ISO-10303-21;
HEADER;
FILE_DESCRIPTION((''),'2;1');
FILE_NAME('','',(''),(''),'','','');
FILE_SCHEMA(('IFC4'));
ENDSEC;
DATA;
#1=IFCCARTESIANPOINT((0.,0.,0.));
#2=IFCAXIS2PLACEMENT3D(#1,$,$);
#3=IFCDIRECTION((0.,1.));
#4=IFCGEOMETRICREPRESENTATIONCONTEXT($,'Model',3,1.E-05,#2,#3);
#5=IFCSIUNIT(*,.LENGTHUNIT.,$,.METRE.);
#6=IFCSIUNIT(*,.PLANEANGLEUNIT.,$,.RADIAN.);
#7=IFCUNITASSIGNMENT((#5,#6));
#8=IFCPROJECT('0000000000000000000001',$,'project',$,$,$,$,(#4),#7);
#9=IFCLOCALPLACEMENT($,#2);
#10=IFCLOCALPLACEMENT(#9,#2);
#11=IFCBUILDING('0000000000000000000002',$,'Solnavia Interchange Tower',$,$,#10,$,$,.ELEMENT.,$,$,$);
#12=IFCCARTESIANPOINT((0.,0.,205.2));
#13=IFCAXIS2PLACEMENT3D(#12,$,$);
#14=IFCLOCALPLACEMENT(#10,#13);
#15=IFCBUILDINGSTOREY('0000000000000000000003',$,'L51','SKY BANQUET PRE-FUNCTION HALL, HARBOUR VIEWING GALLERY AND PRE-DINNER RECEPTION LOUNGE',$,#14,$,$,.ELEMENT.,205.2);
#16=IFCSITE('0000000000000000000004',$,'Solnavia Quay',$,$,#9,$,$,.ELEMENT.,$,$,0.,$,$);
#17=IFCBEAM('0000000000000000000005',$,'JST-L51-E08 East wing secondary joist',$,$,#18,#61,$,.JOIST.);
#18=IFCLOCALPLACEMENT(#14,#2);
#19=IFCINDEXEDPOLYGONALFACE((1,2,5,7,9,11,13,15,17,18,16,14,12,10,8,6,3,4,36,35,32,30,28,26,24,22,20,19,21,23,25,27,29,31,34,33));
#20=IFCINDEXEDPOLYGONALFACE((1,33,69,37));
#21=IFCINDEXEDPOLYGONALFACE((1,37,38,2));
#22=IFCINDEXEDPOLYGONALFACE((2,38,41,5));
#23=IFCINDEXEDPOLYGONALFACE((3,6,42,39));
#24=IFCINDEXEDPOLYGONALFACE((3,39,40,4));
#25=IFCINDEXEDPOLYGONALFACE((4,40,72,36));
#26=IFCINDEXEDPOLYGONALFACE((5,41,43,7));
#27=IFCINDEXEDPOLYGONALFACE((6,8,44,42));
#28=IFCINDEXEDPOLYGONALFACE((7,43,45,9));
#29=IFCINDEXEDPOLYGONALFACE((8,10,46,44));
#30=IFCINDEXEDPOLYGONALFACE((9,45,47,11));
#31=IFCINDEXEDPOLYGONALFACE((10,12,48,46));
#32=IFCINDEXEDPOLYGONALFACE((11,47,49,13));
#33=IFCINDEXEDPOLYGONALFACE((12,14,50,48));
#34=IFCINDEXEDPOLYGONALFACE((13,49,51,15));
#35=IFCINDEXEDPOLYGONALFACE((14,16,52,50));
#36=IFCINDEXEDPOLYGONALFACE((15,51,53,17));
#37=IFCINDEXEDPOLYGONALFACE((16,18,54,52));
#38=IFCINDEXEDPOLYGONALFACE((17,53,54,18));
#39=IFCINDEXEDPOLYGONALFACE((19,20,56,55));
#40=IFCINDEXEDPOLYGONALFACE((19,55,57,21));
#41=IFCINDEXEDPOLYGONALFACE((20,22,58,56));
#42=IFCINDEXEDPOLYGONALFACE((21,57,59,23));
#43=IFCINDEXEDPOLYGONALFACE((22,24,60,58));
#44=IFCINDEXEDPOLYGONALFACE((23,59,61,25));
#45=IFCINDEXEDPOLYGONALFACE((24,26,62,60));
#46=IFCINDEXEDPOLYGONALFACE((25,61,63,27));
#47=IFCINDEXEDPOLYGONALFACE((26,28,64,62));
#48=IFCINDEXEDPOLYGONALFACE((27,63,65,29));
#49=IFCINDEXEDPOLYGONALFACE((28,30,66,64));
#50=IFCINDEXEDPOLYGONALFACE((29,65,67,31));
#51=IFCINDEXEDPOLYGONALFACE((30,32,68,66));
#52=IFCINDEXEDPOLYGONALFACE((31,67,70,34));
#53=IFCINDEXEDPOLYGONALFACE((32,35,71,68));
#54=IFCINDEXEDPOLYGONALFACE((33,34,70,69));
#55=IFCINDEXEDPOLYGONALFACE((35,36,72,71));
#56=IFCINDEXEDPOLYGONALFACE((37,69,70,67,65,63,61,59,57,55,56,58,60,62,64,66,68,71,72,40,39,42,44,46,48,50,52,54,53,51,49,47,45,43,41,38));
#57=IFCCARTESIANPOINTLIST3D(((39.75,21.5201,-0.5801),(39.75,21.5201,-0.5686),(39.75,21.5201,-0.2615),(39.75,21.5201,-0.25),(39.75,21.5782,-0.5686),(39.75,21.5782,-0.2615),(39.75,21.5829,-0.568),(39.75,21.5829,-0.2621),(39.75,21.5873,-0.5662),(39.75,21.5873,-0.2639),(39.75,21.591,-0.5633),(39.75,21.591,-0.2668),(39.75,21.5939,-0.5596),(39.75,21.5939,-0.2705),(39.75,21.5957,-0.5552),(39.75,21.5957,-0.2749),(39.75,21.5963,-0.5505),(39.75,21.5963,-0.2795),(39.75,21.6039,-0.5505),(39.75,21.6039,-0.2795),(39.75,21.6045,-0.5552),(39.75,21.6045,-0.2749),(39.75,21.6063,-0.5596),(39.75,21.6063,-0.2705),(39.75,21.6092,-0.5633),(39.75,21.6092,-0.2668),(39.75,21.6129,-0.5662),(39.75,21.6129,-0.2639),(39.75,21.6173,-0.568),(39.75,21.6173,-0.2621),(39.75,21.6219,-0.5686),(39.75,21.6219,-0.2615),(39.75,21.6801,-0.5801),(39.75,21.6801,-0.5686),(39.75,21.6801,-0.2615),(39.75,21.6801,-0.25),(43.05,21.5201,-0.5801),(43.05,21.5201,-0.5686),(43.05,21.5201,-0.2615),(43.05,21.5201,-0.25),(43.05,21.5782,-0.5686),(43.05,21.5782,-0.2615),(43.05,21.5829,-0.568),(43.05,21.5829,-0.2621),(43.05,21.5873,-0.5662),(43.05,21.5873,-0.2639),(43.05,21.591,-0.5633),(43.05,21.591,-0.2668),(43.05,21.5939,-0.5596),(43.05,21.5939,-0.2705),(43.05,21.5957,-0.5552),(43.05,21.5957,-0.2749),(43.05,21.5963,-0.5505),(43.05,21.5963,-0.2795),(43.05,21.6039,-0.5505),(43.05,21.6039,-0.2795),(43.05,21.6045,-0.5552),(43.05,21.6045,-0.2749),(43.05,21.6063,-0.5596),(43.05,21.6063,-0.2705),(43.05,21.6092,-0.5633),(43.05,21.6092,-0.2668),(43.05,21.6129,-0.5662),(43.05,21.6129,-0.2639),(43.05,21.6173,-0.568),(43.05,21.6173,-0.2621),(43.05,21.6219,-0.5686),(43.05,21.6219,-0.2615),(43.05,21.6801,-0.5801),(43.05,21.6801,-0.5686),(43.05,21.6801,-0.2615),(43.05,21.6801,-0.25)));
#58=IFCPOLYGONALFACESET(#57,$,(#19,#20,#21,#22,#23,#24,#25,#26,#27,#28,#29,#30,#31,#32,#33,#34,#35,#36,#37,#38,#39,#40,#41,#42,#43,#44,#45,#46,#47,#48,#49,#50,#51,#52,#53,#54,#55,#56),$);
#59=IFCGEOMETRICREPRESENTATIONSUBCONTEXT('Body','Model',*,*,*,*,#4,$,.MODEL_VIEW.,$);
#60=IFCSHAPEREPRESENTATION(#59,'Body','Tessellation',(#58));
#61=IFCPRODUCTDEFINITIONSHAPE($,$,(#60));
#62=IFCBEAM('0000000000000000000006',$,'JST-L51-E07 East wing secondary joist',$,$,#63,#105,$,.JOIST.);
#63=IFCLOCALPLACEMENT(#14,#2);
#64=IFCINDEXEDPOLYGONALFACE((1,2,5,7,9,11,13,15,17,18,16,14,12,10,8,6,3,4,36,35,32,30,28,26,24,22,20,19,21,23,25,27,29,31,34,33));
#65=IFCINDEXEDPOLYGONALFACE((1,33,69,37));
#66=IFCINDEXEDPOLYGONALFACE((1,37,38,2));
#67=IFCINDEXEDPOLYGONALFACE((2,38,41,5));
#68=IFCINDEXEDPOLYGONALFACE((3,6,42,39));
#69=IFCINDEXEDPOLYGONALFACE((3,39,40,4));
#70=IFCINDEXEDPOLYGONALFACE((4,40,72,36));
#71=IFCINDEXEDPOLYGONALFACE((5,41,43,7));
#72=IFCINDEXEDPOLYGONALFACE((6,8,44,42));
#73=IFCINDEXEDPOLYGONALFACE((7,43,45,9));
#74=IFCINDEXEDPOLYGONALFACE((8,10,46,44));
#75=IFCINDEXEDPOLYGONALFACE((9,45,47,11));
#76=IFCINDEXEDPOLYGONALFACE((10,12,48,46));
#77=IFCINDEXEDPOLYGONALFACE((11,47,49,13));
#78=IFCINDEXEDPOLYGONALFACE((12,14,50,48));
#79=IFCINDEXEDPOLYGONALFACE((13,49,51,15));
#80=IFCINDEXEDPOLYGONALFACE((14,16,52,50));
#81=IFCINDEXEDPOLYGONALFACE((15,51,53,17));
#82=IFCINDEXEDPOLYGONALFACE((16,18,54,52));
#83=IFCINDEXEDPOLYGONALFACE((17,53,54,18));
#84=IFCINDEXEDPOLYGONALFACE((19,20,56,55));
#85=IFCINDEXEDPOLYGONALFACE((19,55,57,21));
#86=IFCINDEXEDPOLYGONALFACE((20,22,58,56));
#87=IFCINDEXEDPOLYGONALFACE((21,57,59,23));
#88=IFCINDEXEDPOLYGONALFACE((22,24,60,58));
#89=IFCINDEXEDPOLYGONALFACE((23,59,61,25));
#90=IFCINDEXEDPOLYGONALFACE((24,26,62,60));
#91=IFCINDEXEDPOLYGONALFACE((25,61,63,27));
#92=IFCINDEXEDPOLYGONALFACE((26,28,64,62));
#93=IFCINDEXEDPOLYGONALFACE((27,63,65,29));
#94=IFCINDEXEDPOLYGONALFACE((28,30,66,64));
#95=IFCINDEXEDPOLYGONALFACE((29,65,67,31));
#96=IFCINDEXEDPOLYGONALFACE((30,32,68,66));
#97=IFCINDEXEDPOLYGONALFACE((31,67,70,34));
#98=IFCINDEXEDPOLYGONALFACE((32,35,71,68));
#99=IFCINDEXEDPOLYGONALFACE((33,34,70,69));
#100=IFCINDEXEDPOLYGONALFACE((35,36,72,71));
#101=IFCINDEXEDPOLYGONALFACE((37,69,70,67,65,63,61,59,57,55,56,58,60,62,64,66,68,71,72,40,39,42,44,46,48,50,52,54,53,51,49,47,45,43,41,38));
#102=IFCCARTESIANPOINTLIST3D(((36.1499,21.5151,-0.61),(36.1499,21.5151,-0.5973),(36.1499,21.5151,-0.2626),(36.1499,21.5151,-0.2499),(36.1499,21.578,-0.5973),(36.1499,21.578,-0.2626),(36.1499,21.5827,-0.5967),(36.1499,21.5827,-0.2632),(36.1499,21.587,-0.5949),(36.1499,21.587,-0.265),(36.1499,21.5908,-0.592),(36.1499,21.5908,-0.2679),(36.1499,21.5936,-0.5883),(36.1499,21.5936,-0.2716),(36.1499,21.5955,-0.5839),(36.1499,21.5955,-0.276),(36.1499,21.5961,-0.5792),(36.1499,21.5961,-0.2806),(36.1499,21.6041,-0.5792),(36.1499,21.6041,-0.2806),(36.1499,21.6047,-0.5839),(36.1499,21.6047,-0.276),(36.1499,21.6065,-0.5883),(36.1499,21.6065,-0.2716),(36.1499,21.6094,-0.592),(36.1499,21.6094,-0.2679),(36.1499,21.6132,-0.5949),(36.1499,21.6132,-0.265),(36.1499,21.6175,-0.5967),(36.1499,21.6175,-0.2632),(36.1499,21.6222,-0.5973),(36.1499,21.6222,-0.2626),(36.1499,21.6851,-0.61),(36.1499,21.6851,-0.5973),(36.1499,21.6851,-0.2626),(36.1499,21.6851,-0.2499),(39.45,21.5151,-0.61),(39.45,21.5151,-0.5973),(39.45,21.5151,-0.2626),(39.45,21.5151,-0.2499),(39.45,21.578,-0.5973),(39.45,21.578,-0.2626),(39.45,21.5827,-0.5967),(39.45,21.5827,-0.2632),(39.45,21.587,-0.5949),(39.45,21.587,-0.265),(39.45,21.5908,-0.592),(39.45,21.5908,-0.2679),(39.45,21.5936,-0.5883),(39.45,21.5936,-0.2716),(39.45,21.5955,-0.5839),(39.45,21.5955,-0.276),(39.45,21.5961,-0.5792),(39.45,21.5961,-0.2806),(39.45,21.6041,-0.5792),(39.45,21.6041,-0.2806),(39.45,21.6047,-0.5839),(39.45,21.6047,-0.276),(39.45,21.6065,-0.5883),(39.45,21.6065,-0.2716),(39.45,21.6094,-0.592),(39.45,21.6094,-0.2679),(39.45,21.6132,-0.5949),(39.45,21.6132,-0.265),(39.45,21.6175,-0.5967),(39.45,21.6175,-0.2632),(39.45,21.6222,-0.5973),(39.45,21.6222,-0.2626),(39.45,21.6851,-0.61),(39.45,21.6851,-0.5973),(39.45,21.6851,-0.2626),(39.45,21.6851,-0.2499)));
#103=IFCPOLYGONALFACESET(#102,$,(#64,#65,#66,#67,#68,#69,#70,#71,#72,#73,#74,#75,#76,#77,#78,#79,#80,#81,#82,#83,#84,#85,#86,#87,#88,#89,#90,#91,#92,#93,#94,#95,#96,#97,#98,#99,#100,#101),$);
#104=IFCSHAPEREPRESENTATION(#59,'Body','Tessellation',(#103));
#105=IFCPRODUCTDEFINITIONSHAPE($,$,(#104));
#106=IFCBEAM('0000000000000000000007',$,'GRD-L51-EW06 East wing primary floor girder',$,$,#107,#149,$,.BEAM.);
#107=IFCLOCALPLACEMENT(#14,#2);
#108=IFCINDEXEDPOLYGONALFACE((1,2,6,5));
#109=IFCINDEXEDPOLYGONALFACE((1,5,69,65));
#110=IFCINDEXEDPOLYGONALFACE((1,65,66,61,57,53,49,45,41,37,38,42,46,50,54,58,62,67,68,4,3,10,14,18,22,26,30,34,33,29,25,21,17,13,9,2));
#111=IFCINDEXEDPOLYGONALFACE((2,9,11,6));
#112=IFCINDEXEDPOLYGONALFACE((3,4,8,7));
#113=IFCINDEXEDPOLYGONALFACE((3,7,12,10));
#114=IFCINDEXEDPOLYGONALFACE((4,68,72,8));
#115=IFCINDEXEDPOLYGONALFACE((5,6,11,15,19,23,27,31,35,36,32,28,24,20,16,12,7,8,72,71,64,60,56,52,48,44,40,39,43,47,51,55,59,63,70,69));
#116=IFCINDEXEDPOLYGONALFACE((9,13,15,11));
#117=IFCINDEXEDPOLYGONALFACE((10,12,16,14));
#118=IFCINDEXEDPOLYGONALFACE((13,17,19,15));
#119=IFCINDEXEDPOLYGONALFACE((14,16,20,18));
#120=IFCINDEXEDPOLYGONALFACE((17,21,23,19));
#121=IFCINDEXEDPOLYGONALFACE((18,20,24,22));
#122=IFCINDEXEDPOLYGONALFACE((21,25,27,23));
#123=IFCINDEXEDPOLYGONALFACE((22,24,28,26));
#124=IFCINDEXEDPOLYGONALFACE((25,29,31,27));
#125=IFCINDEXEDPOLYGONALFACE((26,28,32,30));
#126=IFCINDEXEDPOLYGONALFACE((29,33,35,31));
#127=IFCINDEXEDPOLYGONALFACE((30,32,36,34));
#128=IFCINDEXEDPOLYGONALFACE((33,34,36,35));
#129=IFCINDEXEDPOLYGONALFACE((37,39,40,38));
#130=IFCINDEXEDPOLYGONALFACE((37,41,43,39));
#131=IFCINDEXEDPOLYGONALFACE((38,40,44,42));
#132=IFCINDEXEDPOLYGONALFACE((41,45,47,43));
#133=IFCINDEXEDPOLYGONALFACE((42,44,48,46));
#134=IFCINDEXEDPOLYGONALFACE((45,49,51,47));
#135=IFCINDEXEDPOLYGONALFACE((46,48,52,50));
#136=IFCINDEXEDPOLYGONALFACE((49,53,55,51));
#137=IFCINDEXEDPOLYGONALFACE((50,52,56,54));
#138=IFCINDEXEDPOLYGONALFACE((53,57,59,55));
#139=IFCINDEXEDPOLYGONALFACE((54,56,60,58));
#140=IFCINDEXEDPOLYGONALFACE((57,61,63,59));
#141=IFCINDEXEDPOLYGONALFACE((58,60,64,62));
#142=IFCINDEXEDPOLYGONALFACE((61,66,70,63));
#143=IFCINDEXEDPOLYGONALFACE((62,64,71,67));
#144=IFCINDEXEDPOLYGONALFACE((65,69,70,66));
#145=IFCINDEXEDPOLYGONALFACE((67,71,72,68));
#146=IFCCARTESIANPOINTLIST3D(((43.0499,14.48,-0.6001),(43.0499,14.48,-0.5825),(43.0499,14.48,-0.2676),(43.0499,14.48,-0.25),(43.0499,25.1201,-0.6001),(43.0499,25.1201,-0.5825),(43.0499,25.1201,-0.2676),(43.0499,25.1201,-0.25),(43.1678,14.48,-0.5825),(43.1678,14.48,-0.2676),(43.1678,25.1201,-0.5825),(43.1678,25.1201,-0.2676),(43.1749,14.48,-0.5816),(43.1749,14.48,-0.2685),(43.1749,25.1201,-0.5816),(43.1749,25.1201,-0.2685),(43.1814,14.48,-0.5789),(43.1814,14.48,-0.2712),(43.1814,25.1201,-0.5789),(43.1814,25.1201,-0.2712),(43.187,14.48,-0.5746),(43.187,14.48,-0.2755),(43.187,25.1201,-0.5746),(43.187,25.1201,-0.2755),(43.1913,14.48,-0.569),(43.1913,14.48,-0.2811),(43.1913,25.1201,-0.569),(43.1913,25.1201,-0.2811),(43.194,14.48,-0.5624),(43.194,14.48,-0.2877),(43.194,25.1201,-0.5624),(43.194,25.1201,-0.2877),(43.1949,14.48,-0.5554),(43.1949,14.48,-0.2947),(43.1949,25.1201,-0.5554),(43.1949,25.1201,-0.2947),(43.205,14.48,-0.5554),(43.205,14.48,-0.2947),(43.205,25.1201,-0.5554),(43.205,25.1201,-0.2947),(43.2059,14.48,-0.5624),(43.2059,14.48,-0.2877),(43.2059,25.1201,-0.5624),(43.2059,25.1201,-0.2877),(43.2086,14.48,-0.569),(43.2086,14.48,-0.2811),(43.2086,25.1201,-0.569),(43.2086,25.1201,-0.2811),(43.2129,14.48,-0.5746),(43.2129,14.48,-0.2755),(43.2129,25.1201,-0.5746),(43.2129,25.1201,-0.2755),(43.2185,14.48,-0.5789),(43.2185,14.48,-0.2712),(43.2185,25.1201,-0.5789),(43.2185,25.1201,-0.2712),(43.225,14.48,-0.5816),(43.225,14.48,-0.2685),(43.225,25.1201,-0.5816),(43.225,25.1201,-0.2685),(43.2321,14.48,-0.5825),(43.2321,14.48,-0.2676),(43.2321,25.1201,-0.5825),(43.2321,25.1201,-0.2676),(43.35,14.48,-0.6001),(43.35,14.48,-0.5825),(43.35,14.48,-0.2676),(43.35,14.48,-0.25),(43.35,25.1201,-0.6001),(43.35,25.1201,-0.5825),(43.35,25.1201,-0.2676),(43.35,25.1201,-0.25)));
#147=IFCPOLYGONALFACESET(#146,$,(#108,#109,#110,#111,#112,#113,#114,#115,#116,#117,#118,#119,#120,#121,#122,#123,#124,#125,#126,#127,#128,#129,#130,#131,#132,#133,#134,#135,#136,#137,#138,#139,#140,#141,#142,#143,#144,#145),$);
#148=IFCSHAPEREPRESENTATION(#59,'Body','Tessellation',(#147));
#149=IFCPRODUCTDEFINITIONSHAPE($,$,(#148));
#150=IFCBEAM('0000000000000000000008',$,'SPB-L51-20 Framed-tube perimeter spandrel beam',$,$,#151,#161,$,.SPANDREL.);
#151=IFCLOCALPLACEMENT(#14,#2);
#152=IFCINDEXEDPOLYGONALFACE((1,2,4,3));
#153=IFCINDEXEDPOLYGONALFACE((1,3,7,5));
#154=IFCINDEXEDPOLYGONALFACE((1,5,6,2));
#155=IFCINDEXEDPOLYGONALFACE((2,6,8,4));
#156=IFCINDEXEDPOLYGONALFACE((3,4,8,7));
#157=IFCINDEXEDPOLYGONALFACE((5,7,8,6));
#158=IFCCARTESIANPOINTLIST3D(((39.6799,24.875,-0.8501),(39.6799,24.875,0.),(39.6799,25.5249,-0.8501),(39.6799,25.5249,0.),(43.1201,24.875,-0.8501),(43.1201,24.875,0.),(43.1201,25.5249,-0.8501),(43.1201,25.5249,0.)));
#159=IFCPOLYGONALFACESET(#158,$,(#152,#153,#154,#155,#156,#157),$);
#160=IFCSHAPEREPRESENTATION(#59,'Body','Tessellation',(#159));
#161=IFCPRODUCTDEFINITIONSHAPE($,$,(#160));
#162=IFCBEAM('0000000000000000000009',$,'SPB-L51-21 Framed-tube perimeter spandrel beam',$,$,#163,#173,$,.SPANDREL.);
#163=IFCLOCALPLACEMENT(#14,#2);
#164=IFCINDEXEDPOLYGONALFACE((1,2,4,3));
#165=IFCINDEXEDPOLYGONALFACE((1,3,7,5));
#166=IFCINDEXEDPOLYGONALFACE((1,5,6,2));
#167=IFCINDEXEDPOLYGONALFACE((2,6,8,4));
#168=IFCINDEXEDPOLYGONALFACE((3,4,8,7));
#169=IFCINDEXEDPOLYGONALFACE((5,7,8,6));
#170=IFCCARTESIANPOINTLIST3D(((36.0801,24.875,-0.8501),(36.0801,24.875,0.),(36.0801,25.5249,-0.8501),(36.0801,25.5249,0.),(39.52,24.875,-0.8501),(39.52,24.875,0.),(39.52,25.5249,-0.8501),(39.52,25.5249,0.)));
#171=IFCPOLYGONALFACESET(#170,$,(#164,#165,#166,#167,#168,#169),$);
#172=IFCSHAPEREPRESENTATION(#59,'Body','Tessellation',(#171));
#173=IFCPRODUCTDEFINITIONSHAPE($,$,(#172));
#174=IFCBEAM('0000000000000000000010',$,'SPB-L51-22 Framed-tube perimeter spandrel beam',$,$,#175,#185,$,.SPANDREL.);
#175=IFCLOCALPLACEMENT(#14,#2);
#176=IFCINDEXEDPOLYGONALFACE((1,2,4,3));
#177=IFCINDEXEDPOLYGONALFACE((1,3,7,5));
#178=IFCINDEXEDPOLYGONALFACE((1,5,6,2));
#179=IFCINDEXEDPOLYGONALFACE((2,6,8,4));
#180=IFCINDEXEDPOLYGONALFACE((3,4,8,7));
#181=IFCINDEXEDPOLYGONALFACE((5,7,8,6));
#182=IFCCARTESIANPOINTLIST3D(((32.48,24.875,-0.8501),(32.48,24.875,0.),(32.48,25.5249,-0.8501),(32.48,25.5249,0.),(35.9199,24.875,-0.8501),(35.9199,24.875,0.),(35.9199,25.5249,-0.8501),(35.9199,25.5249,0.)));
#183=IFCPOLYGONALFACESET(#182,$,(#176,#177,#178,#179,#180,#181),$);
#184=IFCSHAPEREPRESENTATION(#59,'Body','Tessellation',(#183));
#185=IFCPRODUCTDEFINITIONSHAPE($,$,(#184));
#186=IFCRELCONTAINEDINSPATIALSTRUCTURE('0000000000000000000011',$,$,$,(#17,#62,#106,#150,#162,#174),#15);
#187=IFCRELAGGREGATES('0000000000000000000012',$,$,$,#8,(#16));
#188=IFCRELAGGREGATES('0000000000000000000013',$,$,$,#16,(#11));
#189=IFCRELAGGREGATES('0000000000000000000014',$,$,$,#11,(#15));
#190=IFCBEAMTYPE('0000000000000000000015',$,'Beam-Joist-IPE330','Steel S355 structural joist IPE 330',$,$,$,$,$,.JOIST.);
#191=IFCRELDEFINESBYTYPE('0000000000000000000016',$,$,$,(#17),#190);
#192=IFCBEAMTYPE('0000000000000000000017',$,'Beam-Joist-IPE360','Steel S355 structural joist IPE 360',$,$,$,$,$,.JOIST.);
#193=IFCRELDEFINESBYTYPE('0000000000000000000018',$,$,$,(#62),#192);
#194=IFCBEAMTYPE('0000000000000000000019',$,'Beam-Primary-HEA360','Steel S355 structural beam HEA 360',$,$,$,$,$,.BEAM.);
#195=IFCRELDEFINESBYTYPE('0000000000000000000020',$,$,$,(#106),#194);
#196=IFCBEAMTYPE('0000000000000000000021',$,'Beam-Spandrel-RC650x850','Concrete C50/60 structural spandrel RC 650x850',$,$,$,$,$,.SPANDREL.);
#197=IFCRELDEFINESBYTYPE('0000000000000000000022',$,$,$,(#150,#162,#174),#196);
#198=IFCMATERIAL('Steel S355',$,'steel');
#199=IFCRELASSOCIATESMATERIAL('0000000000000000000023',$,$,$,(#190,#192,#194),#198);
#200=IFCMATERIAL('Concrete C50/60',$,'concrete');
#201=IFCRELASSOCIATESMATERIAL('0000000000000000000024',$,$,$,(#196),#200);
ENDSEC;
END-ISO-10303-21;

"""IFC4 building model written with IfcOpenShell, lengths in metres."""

from ifc_helpers import new_model, si_unit, direction, frame, origin, origin_2d, place, context, subcontext, project, spatial, rectangle, i_section, extrude, material, material_profile, profile_set, type_object, element, save


model = new_model("IFC4")

# Units and contexts
model_context = context("Model", 3, precision=1e-05, world=origin(), true_north=direction((0.0, 1.0)))
body_context = subcontext(model_context, "Body", "Model", "MODEL_VIEW")
ifc_project = project(units=[si_unit("LENGTHUNIT", "METRE"), si_unit("PLANEANGLEUNIT", "RADIAN")], contexts=[model_context])

# Site, building, storey
site_placement = place(None, origin())
site = spatial("IfcSite", under=ifc_project, at=site_placement, Name="Solnavia Quay", CompositionType="ELEMENT", RefElevation=0.0)
building_placement = place(site_placement, origin())
building = spatial("IfcBuilding", under=site, at=building_placement, Name="Solnavia Interchange Tower", CompositionType="ELEMENT")
storey_placement = place(building_placement, frame((0.0, 0.0, 205.2)))
storey = spatial("IfcBuildingStorey", under=building, at=storey_placement, Name="L51", Description="SKY BANQUET PRE-FUNCTION HALL, HARBOUR VIEWING GALLERY AND PRE-DINNER RECEPTION LOUNGE", CompositionType="ELEMENT", Elevation=205.2)

# Shared definitions
ifc_material_1 = material(Name="Concrete C50/60", Category="concrete")
ifc_material_2 = material(Name="Steel S355", Category="steel")

# Beams
ifc_material_profile_1 = material_profile(ifc_material_2, i_section(OverallWidth=0.1599, OverallDepth=0.3301, WebThickness=0.0076, FlangeThickness=0.0115, FilletRadius=0.0181, at=origin_2d()), Name="IPE 330")
ifc_profile_set_1 = profile_set([ifc_material_profile_1], Name="Steel S355")
beam_type_1 = type_object("IfcBeamType", Name="Beam-Joist-IPE330", Description="Steel S355 structural joist IPE 330", PredefinedType="JOIST", material=ifc_profile_set_1)
for number, where, z_axis, x_axis, name in (
    (1, (39.75, 21.6001, -0.415), (1.0, 0.0, 0.0), (0.0, 1.0, 0.0), "JST-L51-E08 East wing secondary joist"),
):
    element("IfcBeam", number, at=place(storey_placement, frame(where, z_axis=z_axis, x_axis=x_axis)), inside=storey, type_object=beam_type_1, Name=name, PredefinedType="JOIST", context=body_context, shape_type="SweptSolid", body=[
        extrude(i_section(OverallWidth=0.1599, OverallDepth=0.3301, WebThickness=0.0076, FlangeThickness=0.0115, FilletRadius=0.0181, at=origin_2d()), origin(), (0.0, 0.0, 1.0), 3.3),
    ])
ifc_material_profile_2 = material_profile(ifc_material_2, i_section(OverallWidth=0.1699, OverallDepth=0.3601, WebThickness=0.0081, FlangeThickness=0.0127, FilletRadius=0.0181, at=origin_2d()), Name="IPE 360")
ifc_profile_set_2 = profile_set([ifc_material_profile_2], Name="Steel S355")
beam_type_2 = type_object("IfcBeamType", Name="Beam-Joist-IPE360", Description="Steel S355 structural joist IPE 360", PredefinedType="JOIST", material=ifc_profile_set_2)
beam_1_placement = place(storey_placement, frame((36.1499, 21.6001, -0.4299), z_axis=(1.0, 0.0, 0.0), x_axis=(0.0, 1.0, 0.0)))
element("IfcBeam", 2, at=beam_1_placement, inside=storey, type_object=beam_type_2, Name="JST-L51-E07 East wing secondary joist", PredefinedType="JOIST", context=body_context, shape_type="SweptSolid", body=[
    extrude(i_section(OverallWidth=0.1699, OverallDepth=0.3601, WebThickness=0.0081, FlangeThickness=0.0127, FilletRadius=0.0181, at=origin_2d()), origin(), (0.0, 0.0, 1.0), 3.3),
])
ifc_material_profile_3 = material_profile(ifc_material_2, i_section(OverallWidth=0.3, OverallDepth=0.3501, WebThickness=0.01, FlangeThickness=0.0176, FilletRadius=0.0271, at=origin_2d()), Name="HEA 360")
ifc_profile_set_3 = profile_set([ifc_material_profile_3], Name="Steel S355")
beam_type_3 = type_object("IfcBeamType", Name="Beam-Primary-HEA360", Description="Steel S355 structural beam HEA 360", PredefinedType="BEAM", material=ifc_profile_set_3)
beam_2_placement = place(storey_placement, frame((43.2, 14.48, -0.425), z_axis=(0.0, 1.0, 0.0), x_axis=(-1.0, 0.0, 0.0)))
element("IfcBeam", 3, at=beam_2_placement, inside=storey, type_object=beam_type_3, Name="GRD-L51-EW06 East wing primary floor girder", PredefinedType="BEAM", context=body_context, shape_type="SweptSolid", body=[
    extrude(i_section(OverallWidth=0.3, OverallDepth=0.3501, WebThickness=0.01, FlangeThickness=0.0176, FilletRadius=0.0271, at=origin_2d()), origin(), (0.0, 0.0, 1.0), 10.6401),
])
ifc_material_profile_4 = material_profile(ifc_material_1, rectangle(XDim=0.6499, YDim=0.8501, at=origin_2d()), Name="RC 650x850")
ifc_profile_set_4 = profile_set([ifc_material_profile_4], Name="Concrete C50/60")
beam_type_4 = type_object("IfcBeamType", Name="Beam-Spandrel-RC650x850", Description="Concrete C50/60 structural spandrel RC 650x850", PredefinedType="SPANDREL", material=ifc_profile_set_4)
beam_3_placement = place(storey_placement, frame((43.1201, 25.2, -0.425), z_axis=(-1.0, 0.0, 0.0), x_axis=(0.0, -1.0, 0.0)))
element("IfcBeam", 4, at=beam_3_placement, inside=storey, type_object=beam_type_4, Name="SPB-L51-20 Framed-tube perimeter spandrel beam", PredefinedType="SPANDREL", context=body_context, shape_type="SweptSolid", body=[
    extrude(rectangle(XDim=0.6499, YDim=0.8501, at=origin_2d()), origin(), (0.0, 0.0, 1.0), 3.4402),
])
for number, where, z_axis, x_axis, name in (
    (5, (39.52, 25.2, -0.425), (-1.0, 0.0, 0.0), (0.0, -1.0, 0.0), "SPB-L51-21 Framed-tube perimeter spandrel beam"),
    (6, (35.9199, 25.2, -0.425), (-1.0, 0.0, 0.0), (0.0, -1.0, 0.0), "SPB-L51-22 Framed-tube perimeter spandrel beam"),
):
    element("IfcBeam", number, at=place(storey_placement, frame(where, z_axis=z_axis, x_axis=x_axis)), inside=storey, type_object=beam_type_4, Name=name, PredefinedType="SPANDREL", context=body_context, shape_type="SweptSolid", body=[
        extrude(rectangle(XDim=0.6499, YDim=0.8501, at=origin_2d()), origin(), (0.0, 0.0, 1.0), 3.4399),
    ])

save(model, "model.ifc")
